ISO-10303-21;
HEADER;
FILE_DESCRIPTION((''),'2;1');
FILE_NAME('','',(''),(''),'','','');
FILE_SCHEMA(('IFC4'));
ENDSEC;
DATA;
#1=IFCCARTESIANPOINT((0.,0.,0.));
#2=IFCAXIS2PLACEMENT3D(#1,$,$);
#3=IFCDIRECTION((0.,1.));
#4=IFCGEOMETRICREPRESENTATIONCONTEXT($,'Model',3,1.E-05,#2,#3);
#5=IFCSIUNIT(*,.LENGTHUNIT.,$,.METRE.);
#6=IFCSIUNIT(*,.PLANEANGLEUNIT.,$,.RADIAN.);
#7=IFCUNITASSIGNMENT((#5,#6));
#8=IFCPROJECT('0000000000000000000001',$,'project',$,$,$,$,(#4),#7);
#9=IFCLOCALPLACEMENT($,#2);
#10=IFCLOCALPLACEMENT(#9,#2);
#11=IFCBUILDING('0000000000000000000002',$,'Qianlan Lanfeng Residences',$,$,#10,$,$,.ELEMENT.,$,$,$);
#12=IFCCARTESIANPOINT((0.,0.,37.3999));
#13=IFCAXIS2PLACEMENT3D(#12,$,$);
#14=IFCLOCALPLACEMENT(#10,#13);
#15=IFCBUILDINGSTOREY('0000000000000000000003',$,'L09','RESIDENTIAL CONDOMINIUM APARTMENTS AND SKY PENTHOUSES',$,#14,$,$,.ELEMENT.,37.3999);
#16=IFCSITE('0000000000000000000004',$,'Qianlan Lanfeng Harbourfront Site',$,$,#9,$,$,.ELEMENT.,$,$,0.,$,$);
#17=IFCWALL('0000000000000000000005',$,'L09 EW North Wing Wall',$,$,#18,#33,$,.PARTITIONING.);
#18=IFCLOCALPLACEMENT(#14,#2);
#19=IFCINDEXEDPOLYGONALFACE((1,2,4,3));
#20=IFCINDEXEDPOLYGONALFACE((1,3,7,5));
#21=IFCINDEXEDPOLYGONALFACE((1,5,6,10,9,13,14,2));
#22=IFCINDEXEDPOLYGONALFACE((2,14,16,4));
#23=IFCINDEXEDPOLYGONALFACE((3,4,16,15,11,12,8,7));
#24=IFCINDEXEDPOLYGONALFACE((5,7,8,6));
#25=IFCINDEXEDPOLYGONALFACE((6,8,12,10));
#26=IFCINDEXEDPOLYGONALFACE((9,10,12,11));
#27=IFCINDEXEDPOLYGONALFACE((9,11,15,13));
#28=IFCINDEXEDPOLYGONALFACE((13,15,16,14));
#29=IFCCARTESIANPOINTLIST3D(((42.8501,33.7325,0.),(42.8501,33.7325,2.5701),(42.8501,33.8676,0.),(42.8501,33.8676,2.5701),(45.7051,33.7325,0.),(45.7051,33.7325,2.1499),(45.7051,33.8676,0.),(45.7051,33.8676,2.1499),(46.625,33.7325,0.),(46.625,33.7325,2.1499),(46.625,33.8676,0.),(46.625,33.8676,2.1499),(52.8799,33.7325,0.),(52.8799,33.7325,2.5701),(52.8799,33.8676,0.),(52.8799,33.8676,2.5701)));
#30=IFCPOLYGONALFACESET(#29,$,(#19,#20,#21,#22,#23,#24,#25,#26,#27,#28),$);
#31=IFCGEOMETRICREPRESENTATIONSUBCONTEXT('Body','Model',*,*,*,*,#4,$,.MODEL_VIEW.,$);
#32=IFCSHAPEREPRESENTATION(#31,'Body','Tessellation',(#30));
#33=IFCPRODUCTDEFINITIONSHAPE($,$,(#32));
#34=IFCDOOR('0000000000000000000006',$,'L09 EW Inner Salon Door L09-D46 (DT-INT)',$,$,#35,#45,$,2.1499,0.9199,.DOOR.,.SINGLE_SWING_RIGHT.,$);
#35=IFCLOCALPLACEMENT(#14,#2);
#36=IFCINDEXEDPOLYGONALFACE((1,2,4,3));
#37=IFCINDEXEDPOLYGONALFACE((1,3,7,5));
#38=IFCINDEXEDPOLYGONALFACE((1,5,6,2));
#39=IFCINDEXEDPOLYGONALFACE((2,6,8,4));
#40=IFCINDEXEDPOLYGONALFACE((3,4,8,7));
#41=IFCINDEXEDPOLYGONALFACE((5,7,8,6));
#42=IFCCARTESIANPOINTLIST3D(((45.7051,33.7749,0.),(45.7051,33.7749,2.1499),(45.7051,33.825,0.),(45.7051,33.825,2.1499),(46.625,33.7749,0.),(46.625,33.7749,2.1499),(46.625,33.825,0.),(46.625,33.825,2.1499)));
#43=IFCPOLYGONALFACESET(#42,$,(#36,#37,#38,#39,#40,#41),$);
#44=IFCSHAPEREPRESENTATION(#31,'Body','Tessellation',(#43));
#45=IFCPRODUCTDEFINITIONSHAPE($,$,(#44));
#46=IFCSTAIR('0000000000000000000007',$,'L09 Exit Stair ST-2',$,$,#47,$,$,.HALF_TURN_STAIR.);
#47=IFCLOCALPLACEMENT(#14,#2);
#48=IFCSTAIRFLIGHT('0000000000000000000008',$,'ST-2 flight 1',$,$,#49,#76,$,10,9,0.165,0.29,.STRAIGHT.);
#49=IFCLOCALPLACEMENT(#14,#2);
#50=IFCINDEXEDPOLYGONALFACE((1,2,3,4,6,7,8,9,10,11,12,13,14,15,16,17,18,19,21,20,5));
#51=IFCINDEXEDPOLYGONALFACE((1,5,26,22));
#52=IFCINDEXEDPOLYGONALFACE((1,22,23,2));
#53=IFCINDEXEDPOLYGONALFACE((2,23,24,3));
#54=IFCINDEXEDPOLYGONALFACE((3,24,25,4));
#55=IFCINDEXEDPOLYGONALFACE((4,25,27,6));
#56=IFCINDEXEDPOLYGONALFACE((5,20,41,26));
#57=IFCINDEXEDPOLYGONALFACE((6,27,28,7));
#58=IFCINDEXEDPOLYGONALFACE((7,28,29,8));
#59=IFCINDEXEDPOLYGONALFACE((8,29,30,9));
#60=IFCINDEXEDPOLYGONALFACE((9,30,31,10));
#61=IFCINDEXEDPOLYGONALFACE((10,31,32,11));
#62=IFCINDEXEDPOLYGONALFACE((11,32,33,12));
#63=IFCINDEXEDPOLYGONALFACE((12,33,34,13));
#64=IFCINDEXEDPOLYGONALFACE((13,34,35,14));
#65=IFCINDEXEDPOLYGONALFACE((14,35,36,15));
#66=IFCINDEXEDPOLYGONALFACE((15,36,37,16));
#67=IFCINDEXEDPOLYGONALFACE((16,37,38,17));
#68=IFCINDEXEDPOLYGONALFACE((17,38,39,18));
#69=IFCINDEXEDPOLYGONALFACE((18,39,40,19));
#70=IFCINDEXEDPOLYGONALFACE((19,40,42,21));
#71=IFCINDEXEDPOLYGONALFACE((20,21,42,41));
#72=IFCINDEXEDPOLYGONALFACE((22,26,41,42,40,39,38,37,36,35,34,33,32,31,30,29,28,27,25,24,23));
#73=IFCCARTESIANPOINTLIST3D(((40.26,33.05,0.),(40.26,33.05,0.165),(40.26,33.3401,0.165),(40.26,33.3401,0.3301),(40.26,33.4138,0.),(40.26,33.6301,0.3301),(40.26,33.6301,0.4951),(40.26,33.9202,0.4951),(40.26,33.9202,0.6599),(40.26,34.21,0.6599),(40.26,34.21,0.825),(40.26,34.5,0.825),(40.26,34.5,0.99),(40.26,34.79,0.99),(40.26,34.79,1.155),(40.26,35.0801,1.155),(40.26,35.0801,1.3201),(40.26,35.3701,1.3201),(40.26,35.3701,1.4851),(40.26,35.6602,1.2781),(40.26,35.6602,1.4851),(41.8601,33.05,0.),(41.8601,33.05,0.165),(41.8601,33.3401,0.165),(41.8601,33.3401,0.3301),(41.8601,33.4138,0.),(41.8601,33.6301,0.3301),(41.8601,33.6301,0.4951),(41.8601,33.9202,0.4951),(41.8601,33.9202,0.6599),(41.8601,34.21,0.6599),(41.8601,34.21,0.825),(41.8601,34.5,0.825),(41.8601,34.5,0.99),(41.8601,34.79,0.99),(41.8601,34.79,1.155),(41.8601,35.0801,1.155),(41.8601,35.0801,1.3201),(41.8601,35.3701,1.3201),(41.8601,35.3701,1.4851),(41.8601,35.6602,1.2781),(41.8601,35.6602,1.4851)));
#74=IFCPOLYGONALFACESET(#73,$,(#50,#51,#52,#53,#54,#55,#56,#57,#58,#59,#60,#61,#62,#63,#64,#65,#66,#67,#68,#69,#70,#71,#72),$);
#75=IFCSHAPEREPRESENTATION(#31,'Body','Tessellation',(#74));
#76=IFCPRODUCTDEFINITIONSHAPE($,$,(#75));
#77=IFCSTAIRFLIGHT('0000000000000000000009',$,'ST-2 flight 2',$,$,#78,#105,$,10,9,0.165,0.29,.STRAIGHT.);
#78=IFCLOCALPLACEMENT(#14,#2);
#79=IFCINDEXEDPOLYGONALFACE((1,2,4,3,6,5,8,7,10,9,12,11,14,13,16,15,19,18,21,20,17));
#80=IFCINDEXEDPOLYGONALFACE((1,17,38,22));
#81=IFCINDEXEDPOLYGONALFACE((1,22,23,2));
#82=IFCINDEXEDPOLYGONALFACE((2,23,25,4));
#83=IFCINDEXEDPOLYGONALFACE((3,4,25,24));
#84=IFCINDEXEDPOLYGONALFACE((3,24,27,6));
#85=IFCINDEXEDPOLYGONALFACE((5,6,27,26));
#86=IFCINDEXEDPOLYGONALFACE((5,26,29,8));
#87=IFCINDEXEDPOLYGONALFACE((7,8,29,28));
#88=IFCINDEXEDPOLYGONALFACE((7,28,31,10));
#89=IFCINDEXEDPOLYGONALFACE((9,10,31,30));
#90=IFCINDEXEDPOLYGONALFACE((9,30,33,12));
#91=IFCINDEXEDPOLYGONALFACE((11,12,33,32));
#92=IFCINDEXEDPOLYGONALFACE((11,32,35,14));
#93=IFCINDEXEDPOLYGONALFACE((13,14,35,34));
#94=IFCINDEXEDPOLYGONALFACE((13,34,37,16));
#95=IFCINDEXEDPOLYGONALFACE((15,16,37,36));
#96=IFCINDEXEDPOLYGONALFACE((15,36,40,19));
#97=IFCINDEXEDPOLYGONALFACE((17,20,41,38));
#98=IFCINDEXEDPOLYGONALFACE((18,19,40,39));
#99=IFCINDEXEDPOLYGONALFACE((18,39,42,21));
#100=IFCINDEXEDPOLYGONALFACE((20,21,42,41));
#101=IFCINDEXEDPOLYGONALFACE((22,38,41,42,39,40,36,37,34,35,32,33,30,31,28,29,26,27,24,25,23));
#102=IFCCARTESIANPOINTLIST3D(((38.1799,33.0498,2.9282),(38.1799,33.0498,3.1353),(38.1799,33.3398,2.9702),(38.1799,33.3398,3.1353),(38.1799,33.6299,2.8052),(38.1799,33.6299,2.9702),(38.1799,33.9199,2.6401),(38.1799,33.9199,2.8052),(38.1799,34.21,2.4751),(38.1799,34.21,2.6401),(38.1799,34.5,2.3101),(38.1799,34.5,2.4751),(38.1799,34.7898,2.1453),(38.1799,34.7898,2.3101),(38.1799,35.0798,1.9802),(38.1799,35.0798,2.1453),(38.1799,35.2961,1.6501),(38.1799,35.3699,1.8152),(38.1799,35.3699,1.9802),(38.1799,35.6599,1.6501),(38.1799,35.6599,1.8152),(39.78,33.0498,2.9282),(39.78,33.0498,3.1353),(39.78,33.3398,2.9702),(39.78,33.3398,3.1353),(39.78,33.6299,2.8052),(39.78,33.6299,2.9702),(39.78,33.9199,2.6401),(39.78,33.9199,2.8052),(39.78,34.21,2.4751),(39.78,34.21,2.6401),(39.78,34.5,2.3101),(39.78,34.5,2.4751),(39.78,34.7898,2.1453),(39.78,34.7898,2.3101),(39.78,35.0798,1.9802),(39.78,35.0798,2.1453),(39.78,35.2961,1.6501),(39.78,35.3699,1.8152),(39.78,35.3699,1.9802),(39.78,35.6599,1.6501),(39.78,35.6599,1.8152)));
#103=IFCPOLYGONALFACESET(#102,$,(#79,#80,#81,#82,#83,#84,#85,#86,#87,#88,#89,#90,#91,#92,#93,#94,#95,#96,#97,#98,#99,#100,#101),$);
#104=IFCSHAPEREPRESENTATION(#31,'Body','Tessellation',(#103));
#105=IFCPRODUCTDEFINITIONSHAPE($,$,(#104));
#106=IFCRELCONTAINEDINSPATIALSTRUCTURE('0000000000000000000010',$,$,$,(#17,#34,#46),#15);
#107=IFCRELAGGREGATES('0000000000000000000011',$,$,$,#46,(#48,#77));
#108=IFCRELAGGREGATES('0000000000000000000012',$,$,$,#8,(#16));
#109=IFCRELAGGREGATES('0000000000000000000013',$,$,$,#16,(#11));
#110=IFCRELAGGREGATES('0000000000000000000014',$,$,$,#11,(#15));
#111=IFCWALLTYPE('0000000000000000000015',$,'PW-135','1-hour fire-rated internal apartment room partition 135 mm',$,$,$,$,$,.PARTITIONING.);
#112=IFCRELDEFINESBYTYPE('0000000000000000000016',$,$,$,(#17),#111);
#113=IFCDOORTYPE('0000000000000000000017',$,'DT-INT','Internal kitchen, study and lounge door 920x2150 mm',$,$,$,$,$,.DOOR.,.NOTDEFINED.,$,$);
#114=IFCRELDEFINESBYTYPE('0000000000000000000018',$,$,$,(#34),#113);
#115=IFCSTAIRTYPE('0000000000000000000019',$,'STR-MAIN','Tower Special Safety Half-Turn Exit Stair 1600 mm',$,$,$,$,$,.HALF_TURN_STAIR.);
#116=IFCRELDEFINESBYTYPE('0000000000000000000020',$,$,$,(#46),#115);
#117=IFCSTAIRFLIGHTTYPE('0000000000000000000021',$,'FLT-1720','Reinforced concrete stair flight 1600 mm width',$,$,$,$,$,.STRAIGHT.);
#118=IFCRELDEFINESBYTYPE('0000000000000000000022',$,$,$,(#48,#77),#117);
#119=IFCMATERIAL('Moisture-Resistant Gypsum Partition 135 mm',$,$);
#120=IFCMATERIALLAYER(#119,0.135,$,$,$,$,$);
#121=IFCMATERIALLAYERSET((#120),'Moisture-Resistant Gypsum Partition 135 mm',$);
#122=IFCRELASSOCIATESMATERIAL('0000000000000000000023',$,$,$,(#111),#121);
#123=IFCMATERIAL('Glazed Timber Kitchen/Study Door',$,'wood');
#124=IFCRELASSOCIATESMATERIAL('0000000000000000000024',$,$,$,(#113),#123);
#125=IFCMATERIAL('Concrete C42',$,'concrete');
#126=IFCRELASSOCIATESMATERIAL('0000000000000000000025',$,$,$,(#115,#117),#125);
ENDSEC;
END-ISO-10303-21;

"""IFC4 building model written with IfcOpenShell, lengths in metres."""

from ifc_helpers import new_model, si_unit, direction, frame, frame_2d, origin, place, context, subcontext, project, spatial, polyline, rectangle, outline, extrude, material, layer, layer_set, type_object, element, fill, aggregate, save


model = new_model("IFC4")

# Units and contexts
model_context = context("Model", 3, precision=1e-05, world=origin(), true_north=direction((0.0, 1.0)))
body_context = subcontext(model_context, "Body", "Model", "MODEL_VIEW")
ifc_project = project(units=[si_unit("LENGTHUNIT", "METRE"), si_unit("PLANEANGLEUNIT", "RADIAN")], contexts=[model_context])

# Site, building, storey
site_placement = place(None, origin())
site = spatial("IfcSite", under=ifc_project, at=site_placement, Name="Qianlan Lanfeng Harbourfront Site", CompositionType="ELEMENT", RefElevation=0.0)
building_placement = place(site_placement, origin())
building = spatial("IfcBuilding", under=site, at=building_placement, Name="Qianlan Lanfeng Residences", CompositionType="ELEMENT")
storey_placement = place(building_placement, frame((0.0, 0.0, 37.3999)))
storey = spatial("IfcBuildingStorey", under=building, at=storey_placement, Name="L09", Description="RESIDENTIAL CONDOMINIUM APARTMENTS AND SKY PENTHOUSES", CompositionType="ELEMENT", Elevation=37.3999)

# Shared definitions
ifc_material_1 = material(Name="Concrete C42", Category="concrete")

# Wall, opening, door
ifc_material_2 = material(Name="Moisture-Resistant Gypsum Partition 135 mm")
ifc_layer_1 = layer(ifc_material_2, 0.135)
ifc_layer_set_1 = layer_set([ifc_layer_1], Name="Moisture-Resistant Gypsum Partition 135 mm")
wall_type_1 = type_object("IfcWallType", Name="PW-135", Description="1-hour fire-rated internal apartment room partition 135 mm", PredefinedType="PARTITIONING", material=ifc_layer_set_1)
wall_1_placement = place(storey_placement, frame((42.8501, 33.8, 0.0), z_axis=(0.0, 0.0, 1.0), x_axis=(1.0, 0.0, 0.0)))
wall_1 = element("IfcWall", 1, at=wall_1_placement, inside=storey, type_object=wall_type_1, Name="L09 EW North Wing Wall", PredefinedType="PARTITIONING", context=body_context, shape_type="SweptSolid", body=[
    extrude(rectangle(XDim=10.0298, YDim=0.135, at=frame_2d((5.0149, 0.0))), origin(), (0.0, 0.0, 1.0), 2.5701),
])
opening_1_placement = place(wall_1_placement, frame((2.855, 0.0, 0.0)))
opening_1 = element("IfcOpeningElement", 2, at=opening_1_placement, cuts=wall_1, PredefinedType="OPENING", context=body_context, shape_type="SweptSolid", body=[
    extrude(rectangle(XDim=0.9199, YDim=2.1499, at=frame_2d((0.46, 1.075))), frame((0.0, 0.0776, 0.0), z_axis=(0.0, -1.0, 0.0), x_axis=(1.0, 0.0, 0.0)), (0.0, 0.0, 1.0), 0.155),
])
ifc_material_3 = material(Name="Glazed Timber Kitchen/Study Door", Category="wood")
door_type_1 = type_object("IfcDoorType", Name="DT-INT", Description="Internal kitchen, study and lounge door 920x2150 mm", OperationType="NOTDEFINED", PredefinedType="DOOR", material=ifc_material_3)
door_1_placement = place(opening_1_placement, origin())
door_1 = element("IfcDoor", 3, at=door_1_placement, inside=storey, type_object=door_type_1, Name="L09 EW Inner Salon Door L09-D46 (DT-INT)", OperationType="SINGLE_SWING_RIGHT", OverallHeight=2.1499, OverallWidth=0.9199, PredefinedType="DOOR", context=body_context, shape_type="SweptSolid", body=[
    extrude(rectangle(XDim=0.9199, YDim=2.1499, at=frame_2d((0.46, 1.075))), frame((0.0, 0.0249, 0.0), z_axis=(0.0, -1.0, 0.0), x_axis=(1.0, 0.0, 0.0)), (0.0, 0.0, 1.0), 0.05),
])
fill(opening_1, door_1)

# Stair, stair flights
stair_type = type_object("IfcStairType", Name="STR-MAIN", Description="Tower Special Safety Half-Turn Exit Stair 1600 mm", PredefinedType="HALF_TURN_STAIR", material=ifc_material_1)
stair_placement = place(storey_placement, origin())
stair = element("IfcStair", 4, at=stair_placement, inside=storey, type_object=stair_type, Name="L09 Exit Stair ST-2", PredefinedType="HALF_TURN_STAIR")
stair_flight_type = type_object("IfcStairFlightType", Name="FLT-1720", Description="Reinforced concrete stair flight 1600 mm width", PredefinedType="STRAIGHT", material=ifc_material_1)
stair_flight_1_placement = place(storey_placement, frame((41.0601, 33.05, 0.0), z_axis=(0.0, 0.0, 1.0), x_axis=(0.0, 1.0, 0.0)))
stair_flight_1 = element("IfcStairFlight", 5, at=stair_flight_1_placement, type_object=stair_flight_type, Name="ST-2 flight 1", NumberOfRisers=10, NumberOfTreads=9, PredefinedType="STRAIGHT", RiserHeight=0.165, TreadLength=0.29, context=body_context, shape_type="SweptSolid", body=[
    extrude(outline(polyline([(0.0, 0.0), (0.0, 0.165), (0.29, 0.165), (0.29, 0.3301), (0.5801, 0.3301), (0.5801, 0.4951), (0.8701, 0.4951), (0.8701, 0.6599), (1.1599, 0.6599), (1.1599, 0.825), (1.45, 0.825), (1.45, 0.99), (1.74, 0.99), (1.74, 1.155), (2.03, 1.155), (2.03, 1.3201), (2.3201, 1.3201), (2.3201, 1.4851), (2.6101, 1.4851), (2.6101, 1.6499), (2.6101, 1.2781), (0.3638, 0.0), (0.0, 0.0)])), frame((0.0, 0.8, 0.0), z_axis=(0.0, -1.0, 0.0), x_axis=(1.0, 0.0, 0.0)), (0.0, 0.0, 1.0), 1.6001),
])
stair_flight_2_placement = place(storey_placement, frame((38.98, 35.6599, 1.6501), z_axis=(0.0, 0.0, 1.0), x_axis=(0.0, -1.0, 0.0)))
stair_flight_2 = element("IfcStairFlight", 6, at=stair_flight_2_placement, type_object=stair_flight_type, Name="ST-2 flight 2", NumberOfRisers=10, NumberOfTreads=9, PredefinedType="STRAIGHT", RiserHeight=0.165, TreadLength=0.29, context=body_context, shape_type="SweptSolid", body=[
    extrude(outline(polyline([(0.0, 0.0), (0.0, 0.165), (0.29, 0.165), (0.29, 0.3301), (0.5801, 0.3301), (0.5801, 0.4951), (0.8701, 0.4951), (0.8701, 0.6599), (1.1599, 0.6599), (1.1599, 0.825), (1.45, 0.825), (1.45, 0.99), (1.74, 0.99), (1.74, 1.155), (2.03, 1.155), (2.03, 1.3201), (2.3201, 1.3201), (2.3201, 1.4851), (2.6101, 1.4851), (2.6101, 1.6499), (2.6101, 1.2781), (0.3638, 0.0), (0.0, 0.0)])), frame((0.0, 0.8, 0.0), z_axis=(0.0, -1.0, 0.0), x_axis=(1.0, 0.0, 0.0)), (0.0, 0.0, 1.0), 1.6001),
])
aggregate(stair, [stair_flight_1, stair_flight_2])

save(model, "model.ifc")
